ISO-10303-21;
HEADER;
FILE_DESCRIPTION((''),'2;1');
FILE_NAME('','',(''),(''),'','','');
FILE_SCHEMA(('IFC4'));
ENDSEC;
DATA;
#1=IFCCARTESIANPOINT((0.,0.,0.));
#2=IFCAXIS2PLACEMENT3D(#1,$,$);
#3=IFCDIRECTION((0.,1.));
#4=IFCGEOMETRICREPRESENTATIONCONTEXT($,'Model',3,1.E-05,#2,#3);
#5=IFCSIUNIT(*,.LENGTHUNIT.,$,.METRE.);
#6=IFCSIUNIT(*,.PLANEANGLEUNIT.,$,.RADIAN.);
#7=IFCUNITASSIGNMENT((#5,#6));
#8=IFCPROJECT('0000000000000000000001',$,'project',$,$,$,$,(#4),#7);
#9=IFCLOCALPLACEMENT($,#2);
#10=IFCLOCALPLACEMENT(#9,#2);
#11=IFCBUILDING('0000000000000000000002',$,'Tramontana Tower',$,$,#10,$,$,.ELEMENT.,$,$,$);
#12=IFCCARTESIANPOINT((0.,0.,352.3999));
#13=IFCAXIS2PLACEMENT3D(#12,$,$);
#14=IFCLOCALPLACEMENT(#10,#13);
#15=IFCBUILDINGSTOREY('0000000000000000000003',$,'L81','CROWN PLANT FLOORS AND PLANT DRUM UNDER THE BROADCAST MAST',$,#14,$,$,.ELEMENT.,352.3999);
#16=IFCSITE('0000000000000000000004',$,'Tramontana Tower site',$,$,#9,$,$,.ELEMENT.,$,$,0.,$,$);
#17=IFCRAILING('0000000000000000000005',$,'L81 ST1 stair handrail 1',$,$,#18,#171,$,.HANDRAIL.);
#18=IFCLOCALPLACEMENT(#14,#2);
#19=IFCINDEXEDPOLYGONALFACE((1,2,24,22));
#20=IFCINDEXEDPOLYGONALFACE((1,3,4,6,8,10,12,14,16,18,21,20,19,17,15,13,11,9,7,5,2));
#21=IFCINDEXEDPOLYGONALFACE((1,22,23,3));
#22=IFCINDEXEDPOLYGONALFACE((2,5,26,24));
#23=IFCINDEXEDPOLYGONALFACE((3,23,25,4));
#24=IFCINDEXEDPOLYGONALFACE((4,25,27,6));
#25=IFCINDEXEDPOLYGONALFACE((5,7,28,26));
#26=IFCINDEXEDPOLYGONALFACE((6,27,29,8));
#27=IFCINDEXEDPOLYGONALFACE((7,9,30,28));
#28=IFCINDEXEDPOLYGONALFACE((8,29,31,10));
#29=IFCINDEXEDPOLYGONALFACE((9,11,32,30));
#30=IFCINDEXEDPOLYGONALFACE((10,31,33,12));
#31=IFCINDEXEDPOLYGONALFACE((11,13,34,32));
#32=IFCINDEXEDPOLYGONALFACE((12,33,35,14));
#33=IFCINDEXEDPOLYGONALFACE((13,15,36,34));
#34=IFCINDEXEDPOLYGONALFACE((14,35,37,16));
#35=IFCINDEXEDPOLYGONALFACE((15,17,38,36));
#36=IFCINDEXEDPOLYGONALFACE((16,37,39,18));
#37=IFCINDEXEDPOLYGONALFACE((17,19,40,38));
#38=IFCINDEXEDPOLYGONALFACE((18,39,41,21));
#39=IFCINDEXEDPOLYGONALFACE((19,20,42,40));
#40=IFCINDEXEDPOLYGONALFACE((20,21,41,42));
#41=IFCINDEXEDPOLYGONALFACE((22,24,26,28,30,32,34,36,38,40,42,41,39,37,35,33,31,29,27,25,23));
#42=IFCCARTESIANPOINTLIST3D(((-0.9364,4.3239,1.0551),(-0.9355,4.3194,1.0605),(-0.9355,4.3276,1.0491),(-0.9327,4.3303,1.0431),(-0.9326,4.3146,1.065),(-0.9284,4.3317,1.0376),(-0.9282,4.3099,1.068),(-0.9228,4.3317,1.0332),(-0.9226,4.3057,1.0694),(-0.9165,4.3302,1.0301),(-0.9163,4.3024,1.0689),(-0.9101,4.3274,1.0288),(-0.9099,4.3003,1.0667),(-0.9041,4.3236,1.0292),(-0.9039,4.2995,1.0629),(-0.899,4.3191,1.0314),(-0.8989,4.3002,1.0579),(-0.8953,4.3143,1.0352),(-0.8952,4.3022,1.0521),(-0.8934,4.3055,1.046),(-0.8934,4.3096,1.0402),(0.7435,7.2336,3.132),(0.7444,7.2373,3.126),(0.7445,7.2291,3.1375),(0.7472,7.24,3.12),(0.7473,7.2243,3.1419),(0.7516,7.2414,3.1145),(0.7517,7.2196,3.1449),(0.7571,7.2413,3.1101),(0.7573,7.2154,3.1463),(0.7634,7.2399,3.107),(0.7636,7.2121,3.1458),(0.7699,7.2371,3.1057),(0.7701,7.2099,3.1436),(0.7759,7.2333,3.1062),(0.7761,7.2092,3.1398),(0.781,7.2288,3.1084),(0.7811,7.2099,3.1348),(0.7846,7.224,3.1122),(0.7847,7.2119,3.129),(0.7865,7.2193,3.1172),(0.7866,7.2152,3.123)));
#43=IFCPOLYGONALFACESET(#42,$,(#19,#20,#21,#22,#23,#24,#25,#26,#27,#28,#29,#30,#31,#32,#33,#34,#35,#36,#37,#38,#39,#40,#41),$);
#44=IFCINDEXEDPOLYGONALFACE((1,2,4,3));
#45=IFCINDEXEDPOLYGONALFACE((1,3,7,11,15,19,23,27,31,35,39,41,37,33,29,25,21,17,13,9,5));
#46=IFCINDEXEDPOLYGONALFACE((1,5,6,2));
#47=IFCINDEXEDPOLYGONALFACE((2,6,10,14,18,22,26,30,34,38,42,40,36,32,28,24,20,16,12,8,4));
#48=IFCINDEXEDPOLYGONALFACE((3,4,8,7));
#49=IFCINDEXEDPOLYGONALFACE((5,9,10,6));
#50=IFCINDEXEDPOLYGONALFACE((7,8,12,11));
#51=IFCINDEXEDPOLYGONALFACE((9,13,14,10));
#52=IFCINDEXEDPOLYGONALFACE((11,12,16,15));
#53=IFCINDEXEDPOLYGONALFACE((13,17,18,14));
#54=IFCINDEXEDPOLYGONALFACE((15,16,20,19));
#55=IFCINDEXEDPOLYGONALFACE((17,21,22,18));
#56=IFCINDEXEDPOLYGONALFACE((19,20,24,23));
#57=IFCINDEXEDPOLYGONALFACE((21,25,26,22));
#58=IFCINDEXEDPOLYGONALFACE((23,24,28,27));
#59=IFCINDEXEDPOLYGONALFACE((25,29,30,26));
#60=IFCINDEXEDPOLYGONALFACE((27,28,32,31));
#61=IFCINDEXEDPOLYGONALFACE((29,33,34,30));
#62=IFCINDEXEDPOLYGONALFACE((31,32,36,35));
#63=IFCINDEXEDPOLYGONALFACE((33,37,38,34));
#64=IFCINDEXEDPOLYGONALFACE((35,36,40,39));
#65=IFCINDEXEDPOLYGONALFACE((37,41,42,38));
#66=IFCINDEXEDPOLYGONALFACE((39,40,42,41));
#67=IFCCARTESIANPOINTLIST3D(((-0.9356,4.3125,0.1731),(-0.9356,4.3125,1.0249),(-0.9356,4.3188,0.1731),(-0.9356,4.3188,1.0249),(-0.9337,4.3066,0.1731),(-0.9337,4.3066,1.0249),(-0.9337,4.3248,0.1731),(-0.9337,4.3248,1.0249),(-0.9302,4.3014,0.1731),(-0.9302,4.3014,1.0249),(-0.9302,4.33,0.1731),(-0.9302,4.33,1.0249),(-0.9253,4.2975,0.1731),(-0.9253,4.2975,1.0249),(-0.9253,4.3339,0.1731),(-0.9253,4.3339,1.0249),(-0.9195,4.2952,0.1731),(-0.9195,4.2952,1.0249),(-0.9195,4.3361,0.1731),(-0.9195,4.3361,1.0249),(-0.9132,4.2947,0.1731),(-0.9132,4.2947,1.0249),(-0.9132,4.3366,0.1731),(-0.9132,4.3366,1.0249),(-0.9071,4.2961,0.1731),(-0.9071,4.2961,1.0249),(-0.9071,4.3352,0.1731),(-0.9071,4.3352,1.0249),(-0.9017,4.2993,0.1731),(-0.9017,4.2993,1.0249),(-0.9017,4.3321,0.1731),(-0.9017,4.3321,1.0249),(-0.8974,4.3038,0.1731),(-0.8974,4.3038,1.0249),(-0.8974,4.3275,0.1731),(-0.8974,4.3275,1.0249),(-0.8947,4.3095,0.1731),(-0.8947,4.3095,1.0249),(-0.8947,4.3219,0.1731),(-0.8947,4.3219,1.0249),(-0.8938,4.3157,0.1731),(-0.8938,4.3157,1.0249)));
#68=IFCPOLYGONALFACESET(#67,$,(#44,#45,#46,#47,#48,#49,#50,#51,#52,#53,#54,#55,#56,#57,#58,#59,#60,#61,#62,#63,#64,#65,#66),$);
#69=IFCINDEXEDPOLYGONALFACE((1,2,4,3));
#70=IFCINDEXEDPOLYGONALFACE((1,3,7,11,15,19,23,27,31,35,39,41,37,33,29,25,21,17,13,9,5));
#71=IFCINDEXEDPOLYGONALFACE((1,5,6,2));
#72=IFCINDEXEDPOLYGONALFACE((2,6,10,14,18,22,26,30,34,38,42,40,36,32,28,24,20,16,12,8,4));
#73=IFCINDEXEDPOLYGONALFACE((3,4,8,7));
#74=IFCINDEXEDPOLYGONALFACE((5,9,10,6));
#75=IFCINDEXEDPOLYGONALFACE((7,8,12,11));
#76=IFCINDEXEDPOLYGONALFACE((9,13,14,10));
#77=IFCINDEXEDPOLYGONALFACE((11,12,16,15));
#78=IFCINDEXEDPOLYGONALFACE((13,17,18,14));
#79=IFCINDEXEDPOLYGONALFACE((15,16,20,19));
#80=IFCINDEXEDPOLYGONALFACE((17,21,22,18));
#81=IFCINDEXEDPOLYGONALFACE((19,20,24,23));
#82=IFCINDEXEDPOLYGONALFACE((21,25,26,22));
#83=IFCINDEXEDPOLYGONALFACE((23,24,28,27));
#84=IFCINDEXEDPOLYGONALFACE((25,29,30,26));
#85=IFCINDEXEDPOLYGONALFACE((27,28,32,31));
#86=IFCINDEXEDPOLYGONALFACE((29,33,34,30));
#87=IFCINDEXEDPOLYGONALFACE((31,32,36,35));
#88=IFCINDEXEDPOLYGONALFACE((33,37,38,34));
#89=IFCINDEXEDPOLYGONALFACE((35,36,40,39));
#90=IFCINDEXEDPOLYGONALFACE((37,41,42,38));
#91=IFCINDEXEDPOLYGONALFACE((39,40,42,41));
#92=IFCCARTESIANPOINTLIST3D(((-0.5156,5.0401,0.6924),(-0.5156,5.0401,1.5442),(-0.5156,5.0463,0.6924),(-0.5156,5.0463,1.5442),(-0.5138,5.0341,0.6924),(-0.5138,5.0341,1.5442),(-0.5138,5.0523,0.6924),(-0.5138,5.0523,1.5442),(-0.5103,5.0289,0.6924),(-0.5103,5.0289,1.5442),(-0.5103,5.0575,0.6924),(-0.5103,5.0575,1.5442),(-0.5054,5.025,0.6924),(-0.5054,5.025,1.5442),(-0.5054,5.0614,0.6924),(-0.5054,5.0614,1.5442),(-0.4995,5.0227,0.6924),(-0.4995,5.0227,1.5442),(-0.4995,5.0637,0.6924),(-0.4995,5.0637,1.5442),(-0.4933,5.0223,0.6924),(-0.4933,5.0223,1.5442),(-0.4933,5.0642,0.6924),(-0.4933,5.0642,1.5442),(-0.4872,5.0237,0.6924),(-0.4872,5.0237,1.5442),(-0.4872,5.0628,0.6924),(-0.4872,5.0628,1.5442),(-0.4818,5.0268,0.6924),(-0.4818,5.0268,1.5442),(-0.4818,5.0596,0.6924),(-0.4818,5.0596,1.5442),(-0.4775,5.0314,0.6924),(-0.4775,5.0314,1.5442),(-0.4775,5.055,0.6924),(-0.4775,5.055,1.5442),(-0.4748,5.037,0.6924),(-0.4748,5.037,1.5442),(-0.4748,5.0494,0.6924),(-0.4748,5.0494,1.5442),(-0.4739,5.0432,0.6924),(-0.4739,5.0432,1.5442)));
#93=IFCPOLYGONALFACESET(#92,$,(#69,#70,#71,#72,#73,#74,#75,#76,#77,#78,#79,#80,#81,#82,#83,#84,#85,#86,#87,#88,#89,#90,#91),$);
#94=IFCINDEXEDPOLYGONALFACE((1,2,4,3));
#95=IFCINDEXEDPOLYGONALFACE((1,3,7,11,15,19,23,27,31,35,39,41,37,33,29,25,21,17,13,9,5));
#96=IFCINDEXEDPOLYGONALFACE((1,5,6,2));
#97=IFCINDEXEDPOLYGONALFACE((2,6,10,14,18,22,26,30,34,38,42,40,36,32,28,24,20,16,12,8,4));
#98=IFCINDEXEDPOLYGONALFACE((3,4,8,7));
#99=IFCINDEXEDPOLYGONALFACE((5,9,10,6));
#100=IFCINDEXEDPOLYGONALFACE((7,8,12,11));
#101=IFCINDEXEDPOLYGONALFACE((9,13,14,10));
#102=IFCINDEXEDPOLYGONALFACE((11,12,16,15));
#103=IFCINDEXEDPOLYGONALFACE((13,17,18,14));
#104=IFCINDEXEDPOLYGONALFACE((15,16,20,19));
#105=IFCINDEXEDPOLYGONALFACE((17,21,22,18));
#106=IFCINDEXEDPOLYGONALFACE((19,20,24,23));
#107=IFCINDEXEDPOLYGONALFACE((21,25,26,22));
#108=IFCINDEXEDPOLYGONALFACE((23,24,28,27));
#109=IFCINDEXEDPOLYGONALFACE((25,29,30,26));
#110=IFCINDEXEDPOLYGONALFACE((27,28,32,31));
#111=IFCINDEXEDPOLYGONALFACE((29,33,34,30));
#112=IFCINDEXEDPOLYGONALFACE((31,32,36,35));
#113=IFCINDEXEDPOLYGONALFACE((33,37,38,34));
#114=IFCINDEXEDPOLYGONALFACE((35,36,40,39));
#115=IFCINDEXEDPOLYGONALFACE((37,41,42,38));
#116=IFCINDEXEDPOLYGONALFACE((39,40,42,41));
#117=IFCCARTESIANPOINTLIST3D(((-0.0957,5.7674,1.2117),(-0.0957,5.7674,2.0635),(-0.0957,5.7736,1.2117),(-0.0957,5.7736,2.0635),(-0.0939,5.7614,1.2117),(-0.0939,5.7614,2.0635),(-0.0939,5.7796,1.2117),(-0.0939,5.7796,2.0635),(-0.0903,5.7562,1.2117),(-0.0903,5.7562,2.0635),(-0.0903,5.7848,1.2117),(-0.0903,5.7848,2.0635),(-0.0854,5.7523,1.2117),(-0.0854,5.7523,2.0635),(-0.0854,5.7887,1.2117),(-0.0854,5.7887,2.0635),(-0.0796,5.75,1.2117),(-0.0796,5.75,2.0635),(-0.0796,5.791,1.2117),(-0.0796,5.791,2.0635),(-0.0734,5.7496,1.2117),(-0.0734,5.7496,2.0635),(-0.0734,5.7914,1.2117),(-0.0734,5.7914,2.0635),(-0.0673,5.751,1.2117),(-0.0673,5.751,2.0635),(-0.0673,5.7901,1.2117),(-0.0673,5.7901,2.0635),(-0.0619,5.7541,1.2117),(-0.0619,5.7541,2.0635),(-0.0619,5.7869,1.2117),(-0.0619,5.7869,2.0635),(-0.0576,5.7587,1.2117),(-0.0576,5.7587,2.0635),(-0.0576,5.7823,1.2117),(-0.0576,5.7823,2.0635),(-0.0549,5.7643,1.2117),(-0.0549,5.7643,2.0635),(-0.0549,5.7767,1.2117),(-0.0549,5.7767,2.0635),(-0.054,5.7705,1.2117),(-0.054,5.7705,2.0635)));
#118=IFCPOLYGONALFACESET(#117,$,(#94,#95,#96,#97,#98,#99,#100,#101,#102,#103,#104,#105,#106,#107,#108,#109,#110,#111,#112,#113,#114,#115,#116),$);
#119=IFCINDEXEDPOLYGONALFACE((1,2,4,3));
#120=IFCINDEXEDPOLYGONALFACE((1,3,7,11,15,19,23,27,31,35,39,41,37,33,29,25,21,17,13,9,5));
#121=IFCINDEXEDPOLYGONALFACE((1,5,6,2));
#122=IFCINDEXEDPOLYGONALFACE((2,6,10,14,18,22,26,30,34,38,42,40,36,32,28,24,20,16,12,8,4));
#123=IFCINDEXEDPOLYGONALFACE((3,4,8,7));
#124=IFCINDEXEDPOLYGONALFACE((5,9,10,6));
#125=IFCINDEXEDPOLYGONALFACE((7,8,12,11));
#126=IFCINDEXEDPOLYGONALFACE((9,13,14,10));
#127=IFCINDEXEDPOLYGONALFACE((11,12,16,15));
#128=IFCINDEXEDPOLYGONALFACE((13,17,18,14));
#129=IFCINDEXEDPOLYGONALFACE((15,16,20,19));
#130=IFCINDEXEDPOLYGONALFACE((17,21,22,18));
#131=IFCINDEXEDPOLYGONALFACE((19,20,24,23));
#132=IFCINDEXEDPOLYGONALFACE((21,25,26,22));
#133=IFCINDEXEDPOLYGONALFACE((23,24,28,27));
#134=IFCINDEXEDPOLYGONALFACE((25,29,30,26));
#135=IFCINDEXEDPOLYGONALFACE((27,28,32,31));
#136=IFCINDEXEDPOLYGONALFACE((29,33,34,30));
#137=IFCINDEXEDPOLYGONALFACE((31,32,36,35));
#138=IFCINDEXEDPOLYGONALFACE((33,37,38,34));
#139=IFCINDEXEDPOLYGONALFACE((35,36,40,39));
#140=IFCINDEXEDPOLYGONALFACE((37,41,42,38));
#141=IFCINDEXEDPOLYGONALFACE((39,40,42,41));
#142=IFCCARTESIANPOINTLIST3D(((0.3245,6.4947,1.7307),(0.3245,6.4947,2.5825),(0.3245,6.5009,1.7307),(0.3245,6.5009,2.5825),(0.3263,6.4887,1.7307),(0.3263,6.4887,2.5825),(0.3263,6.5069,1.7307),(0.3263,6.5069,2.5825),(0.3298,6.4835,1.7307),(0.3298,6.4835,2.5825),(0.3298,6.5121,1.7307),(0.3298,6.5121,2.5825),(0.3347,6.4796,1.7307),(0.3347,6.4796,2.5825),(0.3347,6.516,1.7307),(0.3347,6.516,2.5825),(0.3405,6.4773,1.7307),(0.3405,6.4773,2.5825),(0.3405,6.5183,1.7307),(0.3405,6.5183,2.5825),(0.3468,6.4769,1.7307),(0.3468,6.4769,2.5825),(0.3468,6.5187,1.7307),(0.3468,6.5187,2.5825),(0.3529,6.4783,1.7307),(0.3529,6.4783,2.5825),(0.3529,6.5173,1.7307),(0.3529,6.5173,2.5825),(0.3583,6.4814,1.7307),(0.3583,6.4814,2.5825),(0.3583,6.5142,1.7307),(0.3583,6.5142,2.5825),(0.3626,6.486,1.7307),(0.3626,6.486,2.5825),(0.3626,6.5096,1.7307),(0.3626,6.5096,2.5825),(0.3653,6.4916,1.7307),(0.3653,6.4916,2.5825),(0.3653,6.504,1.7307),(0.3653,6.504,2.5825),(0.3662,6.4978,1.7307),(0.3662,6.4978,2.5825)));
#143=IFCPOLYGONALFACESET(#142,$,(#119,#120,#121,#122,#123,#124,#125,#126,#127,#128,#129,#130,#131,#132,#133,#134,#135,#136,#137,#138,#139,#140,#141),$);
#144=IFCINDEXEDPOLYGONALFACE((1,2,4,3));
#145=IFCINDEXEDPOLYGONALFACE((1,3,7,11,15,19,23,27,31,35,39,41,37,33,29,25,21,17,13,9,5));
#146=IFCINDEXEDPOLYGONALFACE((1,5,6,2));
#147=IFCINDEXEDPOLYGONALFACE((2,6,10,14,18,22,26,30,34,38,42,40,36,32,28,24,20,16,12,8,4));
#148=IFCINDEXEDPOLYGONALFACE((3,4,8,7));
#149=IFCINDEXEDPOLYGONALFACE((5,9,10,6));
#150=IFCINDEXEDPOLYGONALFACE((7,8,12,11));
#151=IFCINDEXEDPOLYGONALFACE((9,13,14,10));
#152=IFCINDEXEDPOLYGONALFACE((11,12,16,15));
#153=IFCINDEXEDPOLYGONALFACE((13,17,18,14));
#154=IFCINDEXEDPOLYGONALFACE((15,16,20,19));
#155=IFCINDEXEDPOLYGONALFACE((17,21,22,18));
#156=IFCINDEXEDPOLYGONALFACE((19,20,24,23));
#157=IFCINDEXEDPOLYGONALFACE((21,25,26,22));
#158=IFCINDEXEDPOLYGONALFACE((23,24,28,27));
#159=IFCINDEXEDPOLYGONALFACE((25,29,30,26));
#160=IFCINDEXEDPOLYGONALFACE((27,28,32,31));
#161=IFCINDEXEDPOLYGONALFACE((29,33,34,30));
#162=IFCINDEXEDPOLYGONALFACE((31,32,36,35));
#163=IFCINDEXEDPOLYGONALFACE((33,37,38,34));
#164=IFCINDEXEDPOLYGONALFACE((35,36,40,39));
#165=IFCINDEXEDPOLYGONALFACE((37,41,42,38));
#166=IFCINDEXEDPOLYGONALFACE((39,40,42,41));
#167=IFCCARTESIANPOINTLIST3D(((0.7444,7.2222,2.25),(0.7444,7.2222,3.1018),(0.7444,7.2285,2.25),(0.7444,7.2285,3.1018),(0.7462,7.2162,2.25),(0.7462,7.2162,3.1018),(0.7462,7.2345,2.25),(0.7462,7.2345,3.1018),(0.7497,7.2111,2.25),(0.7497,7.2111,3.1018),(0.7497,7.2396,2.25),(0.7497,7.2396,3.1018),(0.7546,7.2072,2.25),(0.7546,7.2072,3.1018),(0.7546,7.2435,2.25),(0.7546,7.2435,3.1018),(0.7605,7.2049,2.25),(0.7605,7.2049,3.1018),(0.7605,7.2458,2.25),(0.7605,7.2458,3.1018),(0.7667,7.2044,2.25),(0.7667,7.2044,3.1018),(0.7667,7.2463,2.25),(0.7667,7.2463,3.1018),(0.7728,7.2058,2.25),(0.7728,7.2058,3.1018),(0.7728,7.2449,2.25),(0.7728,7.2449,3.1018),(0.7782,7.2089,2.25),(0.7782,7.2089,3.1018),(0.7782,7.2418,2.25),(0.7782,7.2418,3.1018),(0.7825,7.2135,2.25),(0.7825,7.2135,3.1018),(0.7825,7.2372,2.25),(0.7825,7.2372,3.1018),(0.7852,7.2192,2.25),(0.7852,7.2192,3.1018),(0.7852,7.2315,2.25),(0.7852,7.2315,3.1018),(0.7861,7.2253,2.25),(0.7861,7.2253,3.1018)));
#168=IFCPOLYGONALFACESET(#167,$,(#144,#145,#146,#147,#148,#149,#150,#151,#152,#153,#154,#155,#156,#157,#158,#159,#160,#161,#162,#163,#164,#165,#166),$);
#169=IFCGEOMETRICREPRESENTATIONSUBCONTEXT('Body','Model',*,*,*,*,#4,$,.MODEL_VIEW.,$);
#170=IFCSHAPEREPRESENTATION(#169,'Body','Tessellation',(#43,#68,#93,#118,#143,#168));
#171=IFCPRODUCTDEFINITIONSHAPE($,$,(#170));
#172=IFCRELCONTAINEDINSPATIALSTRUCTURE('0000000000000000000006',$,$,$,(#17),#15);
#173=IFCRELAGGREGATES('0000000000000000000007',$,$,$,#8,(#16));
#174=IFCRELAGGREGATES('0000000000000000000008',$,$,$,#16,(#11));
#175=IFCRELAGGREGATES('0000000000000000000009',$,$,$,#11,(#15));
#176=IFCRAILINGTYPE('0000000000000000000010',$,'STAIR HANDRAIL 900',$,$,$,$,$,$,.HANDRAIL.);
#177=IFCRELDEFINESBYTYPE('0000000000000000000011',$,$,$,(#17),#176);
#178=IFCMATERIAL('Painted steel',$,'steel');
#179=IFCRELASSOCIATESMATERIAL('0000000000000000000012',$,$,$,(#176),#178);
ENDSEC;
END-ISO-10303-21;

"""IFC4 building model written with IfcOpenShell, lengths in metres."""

from ifc_helpers import new_model, si_unit, direction, frame, origin, origin_2d, place, context, subcontext, project, spatial, circle, extrude, material, type_object, element, save


model = new_model("IFC4")

# Units and contexts
model_context = context("Model", 3, precision=1e-05, world=origin(), true_north=direction((0.0, 1.0)))
body_context = subcontext(model_context, "Body", "Model", "MODEL_VIEW")
ifc_project = project(units=[si_unit("LENGTHUNIT", "METRE"), si_unit("PLANEANGLEUNIT", "RADIAN")], contexts=[model_context])

# Site, building, storey
site_placement = place(None, origin())
site = spatial("IfcSite", under=ifc_project, at=site_placement, Name="Tramontana Tower site", CompositionType="ELEMENT", RefElevation=0.0)
building_placement = place(site_placement, origin())
building = spatial("IfcBuilding", under=site, at=building_placement, Name="Tramontana Tower", CompositionType="ELEMENT")
storey_placement = place(building_placement, frame((0.0, 0.0, 352.3999)))
storey = spatial("IfcBuildingStorey", under=building, at=storey_placement, Name="L81", Description="CROWN PLANT FLOORS AND PLANT DRUM UNDER THE BROADCAST MAST", CompositionType="ELEMENT", Elevation=352.3999)

# Railing
ifc_material_1 = material(Name="Painted steel", Category="steel")
railing_type_1 = type_object("IfcRailingType", Name="STAIR HANDRAIL 900", PredefinedType="HANDRAIL", material=ifc_material_1)
railing_1_placement = place(storey_placement, frame((-0.9148, 4.3157, 0.1731)))
element("IfcRailing", 1, at=railing_1_placement, inside=storey, type_object=railing_type_1, Name="L81 ST1 stair handrail 1", PredefinedType="HANDRAIL", context=body_context, shape_type="SweptSolid", body=[
    extrude(circle(Radius=0.0239, at=origin_2d()), frame((0.0, 0.0, 0.876), z_axis=(0.425308, 0.73664, 0.525809), x_axis=(-0.866021, 0.500008, 0.0)), (0.0, 0.0, 1.0), 3.95),
    extrude(circle(Radius=0.021, at=origin_2d()), origin(), (0.0, 0.0, 1.0), 0.8518),
    extrude(circle(Radius=0.021, at=origin_2d()), frame((0.4199, 0.7275, 0.5193)), (0.0, 0.0, 1.0), 0.8518),
    extrude(circle(Radius=0.021, at=origin_2d()), frame((0.8398, 1.4548, 1.0386)), (0.0, 0.0, 1.0), 0.8518),
    extrude(circle(Radius=0.021, at=origin_2d()), frame((1.26, 2.1821, 1.5576)), (0.0, 0.0, 1.0), 0.8518),
    extrude(circle(Radius=0.021, at=origin_2d()), frame((1.6799, 2.9097, 2.0769)), (0.0, 0.0, 1.0), 0.8518),
])

save(model, "model.ifc")
